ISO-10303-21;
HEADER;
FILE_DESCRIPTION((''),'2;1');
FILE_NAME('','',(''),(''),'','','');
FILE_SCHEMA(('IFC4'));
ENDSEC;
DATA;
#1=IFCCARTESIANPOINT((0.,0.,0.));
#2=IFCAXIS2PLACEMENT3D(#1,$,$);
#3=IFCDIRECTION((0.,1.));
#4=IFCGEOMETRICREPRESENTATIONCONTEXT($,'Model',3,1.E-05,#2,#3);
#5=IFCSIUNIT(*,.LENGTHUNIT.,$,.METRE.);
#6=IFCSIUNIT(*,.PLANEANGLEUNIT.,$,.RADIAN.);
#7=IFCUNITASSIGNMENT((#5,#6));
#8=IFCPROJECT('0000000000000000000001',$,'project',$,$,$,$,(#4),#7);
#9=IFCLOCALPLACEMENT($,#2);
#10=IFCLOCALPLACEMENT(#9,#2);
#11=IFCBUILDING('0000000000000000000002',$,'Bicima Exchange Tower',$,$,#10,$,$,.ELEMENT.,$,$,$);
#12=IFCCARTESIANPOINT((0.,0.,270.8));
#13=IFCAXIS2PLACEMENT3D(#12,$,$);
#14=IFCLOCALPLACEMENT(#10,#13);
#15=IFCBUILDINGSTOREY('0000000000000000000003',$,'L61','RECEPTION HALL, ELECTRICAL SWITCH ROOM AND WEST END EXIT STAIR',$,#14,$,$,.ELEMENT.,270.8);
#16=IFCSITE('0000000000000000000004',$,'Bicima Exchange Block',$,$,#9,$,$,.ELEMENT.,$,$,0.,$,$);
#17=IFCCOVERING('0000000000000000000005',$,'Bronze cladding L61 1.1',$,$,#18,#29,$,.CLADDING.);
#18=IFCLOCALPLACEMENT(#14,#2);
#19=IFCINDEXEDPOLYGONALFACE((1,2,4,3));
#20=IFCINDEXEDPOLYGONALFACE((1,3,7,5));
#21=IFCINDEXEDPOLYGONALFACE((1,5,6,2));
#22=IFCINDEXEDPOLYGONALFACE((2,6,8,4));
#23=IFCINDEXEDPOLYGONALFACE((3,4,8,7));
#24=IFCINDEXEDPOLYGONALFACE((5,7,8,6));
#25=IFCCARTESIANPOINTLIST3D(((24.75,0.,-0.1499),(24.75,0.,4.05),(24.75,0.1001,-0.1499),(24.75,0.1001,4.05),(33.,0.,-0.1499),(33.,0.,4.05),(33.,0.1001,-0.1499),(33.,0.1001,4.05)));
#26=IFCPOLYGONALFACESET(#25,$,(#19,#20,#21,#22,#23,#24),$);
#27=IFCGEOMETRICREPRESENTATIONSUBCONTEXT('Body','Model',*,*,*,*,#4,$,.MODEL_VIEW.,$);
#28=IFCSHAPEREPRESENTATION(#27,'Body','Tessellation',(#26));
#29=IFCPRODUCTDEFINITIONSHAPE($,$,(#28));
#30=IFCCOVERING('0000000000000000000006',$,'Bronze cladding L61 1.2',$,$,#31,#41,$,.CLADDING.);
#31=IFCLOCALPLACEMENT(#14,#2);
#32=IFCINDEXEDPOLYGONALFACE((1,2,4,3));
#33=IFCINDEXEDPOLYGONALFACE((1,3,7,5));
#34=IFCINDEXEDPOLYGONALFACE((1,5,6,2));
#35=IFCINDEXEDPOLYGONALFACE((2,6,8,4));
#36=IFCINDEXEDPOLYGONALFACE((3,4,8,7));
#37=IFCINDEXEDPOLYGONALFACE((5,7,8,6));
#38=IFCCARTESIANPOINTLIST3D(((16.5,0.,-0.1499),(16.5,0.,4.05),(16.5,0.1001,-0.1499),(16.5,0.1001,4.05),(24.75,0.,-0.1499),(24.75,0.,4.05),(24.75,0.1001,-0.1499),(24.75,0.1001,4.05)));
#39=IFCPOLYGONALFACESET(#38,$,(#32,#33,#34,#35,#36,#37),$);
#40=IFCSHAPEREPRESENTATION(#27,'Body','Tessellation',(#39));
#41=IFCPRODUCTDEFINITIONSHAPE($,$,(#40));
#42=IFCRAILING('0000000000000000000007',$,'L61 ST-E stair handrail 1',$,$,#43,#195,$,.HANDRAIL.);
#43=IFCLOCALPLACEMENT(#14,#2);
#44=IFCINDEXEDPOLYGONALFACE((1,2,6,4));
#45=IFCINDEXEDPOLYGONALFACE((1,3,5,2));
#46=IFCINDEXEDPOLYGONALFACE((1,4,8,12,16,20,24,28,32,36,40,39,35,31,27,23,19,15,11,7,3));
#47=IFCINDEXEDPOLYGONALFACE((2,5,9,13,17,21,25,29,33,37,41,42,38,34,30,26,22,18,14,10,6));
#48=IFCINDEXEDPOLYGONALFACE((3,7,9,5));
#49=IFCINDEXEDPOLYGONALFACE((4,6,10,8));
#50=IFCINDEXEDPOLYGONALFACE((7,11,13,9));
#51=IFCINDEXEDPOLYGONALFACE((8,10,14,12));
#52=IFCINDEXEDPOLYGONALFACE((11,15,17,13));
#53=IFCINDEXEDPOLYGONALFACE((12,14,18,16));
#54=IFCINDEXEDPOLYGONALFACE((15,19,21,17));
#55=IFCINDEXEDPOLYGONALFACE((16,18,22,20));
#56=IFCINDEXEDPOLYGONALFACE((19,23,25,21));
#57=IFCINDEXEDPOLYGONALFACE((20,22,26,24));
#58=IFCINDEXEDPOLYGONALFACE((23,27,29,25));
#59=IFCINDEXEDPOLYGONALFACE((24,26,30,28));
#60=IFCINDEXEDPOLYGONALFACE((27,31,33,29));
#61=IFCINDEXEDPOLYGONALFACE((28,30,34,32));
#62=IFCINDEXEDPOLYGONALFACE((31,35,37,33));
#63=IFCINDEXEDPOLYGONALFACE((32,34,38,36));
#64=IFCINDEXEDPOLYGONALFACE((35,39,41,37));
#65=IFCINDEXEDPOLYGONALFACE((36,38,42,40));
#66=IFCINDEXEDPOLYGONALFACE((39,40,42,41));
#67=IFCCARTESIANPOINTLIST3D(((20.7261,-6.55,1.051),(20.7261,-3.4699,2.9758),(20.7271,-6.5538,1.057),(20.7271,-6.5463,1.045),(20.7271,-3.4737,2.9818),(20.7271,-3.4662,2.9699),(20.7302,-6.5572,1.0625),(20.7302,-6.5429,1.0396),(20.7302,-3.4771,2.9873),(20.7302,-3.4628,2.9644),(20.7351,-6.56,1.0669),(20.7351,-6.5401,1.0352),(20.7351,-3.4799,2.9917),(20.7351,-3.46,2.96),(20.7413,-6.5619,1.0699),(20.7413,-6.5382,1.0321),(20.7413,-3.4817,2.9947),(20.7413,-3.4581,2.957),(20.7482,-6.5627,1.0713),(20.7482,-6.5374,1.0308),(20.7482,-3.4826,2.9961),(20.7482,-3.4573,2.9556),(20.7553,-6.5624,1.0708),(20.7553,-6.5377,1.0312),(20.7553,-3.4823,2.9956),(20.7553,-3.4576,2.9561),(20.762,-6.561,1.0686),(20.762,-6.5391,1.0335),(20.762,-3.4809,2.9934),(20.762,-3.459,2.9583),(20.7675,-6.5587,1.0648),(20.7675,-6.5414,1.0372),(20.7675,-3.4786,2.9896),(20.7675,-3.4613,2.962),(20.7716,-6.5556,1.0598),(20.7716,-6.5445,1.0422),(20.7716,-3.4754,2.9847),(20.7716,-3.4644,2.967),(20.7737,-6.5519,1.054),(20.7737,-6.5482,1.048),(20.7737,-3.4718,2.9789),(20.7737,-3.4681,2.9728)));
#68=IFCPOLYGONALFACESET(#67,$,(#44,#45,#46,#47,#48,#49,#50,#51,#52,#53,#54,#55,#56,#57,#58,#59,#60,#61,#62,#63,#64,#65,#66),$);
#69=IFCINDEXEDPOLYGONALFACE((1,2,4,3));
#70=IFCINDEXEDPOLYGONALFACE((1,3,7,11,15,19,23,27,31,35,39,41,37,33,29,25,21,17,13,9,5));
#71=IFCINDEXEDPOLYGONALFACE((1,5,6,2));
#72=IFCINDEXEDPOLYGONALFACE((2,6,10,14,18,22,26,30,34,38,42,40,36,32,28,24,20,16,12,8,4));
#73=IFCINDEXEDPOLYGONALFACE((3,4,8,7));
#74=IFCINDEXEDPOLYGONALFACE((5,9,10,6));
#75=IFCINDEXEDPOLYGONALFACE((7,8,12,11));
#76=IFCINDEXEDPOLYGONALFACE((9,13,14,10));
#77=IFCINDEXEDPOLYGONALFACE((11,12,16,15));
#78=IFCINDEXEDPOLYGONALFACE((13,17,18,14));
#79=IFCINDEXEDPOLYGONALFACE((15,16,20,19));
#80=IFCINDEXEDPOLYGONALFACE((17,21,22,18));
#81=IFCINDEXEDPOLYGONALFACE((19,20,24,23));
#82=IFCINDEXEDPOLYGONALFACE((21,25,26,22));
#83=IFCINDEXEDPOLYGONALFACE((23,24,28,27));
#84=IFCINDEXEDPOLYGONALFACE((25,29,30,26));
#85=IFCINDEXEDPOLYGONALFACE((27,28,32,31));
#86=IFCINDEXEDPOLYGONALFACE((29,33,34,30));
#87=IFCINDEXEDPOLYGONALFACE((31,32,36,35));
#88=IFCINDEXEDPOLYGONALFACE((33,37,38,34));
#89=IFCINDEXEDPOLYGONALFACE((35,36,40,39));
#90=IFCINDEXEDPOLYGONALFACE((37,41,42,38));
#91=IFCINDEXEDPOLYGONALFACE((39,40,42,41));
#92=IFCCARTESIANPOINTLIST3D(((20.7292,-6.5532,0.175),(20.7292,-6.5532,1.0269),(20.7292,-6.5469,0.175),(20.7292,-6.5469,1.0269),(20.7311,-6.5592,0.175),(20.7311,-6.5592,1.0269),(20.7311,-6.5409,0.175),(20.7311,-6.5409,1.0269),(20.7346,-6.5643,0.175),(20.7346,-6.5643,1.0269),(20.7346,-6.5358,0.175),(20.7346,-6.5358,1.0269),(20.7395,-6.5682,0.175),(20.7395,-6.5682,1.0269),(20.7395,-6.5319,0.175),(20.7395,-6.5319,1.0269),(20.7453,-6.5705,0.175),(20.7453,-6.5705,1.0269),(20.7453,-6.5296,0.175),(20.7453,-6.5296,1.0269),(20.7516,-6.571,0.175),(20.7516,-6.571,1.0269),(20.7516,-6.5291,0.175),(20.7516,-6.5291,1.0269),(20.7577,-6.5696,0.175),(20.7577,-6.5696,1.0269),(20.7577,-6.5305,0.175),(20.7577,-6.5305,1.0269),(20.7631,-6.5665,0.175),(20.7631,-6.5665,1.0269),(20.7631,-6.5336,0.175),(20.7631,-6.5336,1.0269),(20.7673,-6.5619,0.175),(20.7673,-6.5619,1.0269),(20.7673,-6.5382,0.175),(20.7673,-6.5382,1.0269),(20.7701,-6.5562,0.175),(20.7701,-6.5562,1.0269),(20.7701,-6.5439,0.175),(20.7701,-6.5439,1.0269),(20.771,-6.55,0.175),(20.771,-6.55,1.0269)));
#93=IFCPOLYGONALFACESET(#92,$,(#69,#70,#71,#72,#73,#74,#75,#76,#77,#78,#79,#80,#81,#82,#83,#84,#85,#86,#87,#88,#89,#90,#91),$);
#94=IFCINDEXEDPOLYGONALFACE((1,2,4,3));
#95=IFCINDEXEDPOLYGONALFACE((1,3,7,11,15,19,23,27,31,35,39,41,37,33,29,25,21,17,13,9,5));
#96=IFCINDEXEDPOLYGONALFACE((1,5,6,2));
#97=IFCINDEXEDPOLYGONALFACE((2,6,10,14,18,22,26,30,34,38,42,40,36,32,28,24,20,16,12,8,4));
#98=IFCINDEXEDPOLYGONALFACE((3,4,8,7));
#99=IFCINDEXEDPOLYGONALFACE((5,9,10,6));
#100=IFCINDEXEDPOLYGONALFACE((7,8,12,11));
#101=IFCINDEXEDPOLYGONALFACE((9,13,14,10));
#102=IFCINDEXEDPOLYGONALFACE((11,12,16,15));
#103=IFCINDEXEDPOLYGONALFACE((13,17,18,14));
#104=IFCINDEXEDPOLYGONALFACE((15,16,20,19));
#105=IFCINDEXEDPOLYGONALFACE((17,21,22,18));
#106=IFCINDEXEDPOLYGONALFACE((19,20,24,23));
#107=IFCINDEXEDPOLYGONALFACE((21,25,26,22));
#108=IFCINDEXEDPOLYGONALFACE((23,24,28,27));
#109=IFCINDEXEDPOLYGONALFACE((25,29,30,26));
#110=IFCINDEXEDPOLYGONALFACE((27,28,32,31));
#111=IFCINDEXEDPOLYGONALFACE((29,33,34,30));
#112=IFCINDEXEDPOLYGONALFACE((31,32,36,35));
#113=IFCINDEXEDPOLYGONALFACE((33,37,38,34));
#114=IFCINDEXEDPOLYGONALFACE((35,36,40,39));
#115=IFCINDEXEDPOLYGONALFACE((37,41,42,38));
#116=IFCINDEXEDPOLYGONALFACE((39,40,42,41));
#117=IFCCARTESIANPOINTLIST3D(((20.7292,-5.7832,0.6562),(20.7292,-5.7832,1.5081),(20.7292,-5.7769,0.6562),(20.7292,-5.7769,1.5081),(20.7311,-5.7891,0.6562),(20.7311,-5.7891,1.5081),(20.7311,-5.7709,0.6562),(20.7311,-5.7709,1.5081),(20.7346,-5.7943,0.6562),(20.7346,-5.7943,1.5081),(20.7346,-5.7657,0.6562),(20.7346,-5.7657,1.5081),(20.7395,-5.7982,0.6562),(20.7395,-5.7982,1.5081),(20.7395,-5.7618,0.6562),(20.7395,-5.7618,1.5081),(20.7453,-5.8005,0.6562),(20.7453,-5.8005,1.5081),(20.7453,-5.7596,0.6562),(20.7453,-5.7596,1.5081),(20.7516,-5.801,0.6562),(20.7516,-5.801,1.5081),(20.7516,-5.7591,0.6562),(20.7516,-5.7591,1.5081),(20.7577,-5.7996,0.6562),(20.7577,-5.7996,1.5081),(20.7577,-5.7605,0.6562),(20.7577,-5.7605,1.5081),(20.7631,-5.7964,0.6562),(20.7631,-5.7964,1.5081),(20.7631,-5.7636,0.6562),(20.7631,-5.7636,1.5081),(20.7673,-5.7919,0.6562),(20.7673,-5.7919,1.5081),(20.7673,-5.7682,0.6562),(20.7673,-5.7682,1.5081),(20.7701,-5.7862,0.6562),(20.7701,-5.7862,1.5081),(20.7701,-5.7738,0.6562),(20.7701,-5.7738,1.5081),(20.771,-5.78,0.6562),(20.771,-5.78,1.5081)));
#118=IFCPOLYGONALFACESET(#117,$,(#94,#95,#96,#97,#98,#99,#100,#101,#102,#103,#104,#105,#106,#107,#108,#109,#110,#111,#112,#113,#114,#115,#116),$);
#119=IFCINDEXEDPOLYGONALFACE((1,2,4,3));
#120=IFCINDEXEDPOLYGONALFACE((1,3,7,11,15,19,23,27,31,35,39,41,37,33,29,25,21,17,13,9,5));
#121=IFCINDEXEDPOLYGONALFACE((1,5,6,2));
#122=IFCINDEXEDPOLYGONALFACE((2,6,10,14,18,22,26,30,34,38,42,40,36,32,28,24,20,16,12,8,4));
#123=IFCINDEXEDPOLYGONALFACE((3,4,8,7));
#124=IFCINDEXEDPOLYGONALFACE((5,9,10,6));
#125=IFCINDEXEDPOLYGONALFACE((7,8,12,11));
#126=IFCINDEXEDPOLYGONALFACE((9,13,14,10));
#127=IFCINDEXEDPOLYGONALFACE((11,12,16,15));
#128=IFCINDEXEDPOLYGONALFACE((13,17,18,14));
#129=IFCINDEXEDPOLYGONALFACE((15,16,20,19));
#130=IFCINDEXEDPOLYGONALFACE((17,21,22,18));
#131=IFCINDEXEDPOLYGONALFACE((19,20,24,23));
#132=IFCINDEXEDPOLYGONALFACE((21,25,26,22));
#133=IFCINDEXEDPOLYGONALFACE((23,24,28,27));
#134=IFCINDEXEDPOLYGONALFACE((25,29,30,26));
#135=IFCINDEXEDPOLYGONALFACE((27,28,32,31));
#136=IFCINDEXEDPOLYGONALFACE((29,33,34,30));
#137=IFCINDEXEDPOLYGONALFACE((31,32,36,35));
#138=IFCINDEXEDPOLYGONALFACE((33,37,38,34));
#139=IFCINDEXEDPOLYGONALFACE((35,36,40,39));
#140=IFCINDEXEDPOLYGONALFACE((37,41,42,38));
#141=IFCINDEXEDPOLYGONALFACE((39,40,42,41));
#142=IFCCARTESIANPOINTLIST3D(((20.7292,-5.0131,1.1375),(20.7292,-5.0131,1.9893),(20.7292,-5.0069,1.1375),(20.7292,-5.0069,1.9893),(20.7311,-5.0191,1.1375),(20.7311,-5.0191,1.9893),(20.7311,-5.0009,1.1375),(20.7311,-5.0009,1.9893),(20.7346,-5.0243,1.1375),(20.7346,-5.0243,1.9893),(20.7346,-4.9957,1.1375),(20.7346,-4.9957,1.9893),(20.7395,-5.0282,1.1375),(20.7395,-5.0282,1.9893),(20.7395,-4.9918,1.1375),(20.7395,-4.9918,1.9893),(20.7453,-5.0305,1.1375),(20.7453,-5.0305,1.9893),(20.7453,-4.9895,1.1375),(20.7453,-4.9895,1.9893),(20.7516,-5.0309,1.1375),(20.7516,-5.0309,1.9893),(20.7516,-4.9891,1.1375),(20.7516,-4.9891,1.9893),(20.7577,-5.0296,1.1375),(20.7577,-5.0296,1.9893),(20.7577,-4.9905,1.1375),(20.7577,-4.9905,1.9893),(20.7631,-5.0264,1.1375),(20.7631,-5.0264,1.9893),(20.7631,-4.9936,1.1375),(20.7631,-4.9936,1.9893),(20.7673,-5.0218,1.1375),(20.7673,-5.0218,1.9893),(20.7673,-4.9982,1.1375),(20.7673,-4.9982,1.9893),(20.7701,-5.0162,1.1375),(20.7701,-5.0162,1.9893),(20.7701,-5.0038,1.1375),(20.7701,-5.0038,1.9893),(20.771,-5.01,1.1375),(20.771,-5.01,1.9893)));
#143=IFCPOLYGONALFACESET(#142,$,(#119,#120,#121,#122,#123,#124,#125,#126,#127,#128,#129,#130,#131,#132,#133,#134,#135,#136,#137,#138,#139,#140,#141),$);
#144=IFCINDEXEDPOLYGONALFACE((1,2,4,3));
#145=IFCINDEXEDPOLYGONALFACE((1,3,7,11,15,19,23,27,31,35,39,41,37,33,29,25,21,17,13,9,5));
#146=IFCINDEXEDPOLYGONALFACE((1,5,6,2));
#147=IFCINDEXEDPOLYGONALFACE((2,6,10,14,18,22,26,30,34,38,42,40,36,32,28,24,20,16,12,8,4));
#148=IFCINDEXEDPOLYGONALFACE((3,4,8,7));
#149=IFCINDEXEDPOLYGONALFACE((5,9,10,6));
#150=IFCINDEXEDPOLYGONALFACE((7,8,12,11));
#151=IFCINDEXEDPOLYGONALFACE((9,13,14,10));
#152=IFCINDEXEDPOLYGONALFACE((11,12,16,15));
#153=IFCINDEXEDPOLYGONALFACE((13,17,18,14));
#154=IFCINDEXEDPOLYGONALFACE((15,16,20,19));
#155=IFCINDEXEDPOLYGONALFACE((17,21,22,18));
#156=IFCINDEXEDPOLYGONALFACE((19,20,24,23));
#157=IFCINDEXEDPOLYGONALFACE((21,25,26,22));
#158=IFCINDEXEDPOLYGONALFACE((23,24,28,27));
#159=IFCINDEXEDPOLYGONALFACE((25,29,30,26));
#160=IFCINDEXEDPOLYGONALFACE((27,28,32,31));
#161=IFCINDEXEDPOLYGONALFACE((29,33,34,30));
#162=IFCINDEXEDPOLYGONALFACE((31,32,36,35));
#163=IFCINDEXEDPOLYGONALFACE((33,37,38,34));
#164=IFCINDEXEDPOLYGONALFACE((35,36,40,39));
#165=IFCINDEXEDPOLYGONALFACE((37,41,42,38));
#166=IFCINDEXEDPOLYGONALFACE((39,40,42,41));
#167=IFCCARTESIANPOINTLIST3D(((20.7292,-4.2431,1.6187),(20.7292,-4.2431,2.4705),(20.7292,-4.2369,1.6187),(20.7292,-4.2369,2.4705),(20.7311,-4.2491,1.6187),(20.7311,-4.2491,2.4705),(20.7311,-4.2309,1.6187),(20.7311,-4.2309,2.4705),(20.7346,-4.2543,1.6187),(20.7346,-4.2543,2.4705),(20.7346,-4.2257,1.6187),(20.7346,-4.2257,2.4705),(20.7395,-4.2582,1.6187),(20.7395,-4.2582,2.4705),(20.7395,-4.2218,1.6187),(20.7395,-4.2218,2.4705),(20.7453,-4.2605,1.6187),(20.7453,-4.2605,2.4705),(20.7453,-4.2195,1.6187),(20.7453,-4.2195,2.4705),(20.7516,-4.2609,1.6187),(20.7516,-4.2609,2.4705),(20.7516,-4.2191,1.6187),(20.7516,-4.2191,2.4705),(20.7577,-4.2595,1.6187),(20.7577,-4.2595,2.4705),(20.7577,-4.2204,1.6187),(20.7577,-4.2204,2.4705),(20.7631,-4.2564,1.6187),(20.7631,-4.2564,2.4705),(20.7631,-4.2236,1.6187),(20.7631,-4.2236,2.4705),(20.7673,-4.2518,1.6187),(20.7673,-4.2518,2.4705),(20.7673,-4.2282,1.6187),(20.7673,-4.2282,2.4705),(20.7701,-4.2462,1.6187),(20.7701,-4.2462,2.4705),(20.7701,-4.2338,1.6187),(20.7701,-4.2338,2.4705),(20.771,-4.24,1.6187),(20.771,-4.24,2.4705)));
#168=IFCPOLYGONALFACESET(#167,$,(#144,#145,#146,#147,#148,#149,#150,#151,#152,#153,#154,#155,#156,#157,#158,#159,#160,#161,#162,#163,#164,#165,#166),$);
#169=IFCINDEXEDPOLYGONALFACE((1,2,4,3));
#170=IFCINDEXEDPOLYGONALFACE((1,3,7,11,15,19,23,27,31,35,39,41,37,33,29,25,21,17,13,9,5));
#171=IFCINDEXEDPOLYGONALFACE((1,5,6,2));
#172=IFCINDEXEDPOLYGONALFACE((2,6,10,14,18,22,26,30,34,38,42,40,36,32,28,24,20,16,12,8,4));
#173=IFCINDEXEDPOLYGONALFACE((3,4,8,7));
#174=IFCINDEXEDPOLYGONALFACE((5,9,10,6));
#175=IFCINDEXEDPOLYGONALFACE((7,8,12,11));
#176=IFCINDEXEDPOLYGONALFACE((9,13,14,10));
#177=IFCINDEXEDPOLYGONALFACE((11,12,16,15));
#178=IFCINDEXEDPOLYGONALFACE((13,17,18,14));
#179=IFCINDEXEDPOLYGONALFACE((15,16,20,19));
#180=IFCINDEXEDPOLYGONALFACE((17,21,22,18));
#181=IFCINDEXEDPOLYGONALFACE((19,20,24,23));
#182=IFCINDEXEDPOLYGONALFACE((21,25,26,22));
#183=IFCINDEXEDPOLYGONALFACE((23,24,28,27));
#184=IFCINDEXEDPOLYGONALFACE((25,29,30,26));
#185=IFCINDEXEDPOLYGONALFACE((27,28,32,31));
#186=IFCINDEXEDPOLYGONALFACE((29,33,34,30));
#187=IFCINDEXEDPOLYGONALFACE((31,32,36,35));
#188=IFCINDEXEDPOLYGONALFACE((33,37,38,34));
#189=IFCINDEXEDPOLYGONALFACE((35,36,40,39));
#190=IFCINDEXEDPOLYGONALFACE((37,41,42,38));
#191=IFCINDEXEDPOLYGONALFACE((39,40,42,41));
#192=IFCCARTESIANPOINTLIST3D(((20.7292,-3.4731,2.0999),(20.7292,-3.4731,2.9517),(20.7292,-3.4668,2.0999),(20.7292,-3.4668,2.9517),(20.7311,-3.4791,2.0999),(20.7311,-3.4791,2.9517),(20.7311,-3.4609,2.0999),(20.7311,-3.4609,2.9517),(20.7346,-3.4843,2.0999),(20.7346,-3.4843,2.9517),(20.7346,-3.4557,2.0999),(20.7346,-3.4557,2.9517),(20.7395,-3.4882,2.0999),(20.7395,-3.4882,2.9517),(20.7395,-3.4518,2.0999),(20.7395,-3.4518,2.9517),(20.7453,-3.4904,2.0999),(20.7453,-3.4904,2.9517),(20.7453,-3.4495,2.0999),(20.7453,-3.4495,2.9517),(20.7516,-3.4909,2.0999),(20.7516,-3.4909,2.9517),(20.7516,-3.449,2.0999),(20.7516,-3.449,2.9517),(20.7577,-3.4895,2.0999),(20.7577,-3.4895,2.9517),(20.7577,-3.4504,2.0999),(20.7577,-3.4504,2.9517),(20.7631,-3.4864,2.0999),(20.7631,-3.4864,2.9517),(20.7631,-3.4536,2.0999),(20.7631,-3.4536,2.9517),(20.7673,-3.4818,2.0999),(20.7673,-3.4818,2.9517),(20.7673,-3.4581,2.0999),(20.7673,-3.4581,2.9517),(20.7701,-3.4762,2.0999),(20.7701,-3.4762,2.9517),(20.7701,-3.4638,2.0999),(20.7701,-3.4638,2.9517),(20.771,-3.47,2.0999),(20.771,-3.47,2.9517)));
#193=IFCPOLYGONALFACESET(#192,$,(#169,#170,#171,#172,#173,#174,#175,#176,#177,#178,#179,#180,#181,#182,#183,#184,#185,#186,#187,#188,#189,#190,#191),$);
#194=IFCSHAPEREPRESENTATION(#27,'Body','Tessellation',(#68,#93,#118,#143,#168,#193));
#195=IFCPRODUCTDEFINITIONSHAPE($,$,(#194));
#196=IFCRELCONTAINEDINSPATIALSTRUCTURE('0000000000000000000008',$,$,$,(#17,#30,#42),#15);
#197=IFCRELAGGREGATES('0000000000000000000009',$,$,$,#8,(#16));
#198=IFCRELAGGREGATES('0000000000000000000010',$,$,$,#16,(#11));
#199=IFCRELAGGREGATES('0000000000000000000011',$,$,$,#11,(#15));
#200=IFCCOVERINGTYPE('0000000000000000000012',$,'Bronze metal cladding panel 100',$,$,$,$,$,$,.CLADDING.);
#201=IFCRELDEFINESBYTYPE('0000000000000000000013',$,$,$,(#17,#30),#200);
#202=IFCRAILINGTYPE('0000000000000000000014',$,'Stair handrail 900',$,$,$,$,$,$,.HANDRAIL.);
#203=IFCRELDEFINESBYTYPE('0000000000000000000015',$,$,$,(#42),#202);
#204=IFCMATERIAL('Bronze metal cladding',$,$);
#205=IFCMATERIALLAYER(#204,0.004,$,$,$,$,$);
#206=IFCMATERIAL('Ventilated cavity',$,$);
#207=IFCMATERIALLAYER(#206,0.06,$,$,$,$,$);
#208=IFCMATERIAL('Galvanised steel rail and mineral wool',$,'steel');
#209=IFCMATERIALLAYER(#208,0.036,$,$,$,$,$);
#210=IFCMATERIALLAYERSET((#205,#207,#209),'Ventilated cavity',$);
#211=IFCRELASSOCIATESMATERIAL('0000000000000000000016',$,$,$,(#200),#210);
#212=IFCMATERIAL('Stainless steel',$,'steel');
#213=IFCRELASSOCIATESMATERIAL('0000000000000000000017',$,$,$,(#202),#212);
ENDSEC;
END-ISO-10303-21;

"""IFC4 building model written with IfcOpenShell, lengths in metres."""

from ifc_helpers import new_model, si_unit, direction, frame, origin, origin_2d, place, context, subcontext, project, spatial, rectangle, circle, extrude, material, layer, layer_set, type_object, element, save


model = new_model("IFC4")

# Units and contexts
model_context = context("Model", 3, precision=1e-05, world=origin(), true_north=direction((0.0, 1.0)))
body_context = subcontext(model_context, "Body", "Model", "MODEL_VIEW")
ifc_project = project(units=[si_unit("LENGTHUNIT", "METRE"), si_unit("PLANEANGLEUNIT", "RADIAN")], contexts=[model_context])

# Site, building, storey
site_placement = place(None, origin())
site = spatial("IfcSite", under=ifc_project, at=site_placement, Name="Bicima Exchange Block", CompositionType="ELEMENT", RefElevation=0.0)
building_placement = place(site_placement, origin())
building = spatial("IfcBuilding", under=site, at=building_placement, Name="Bicima Exchange Tower", CompositionType="ELEMENT")
storey_placement = place(building_placement, frame((0.0, 0.0, 270.8)))
storey = spatial("IfcBuildingStorey", under=building, at=storey_placement, Name="L61", Description="RECEPTION HALL, ELECTRICAL SWITCH ROOM AND WEST END EXIT STAIR", CompositionType="ELEMENT", Elevation=270.8)

# Coverings
ifc_material_1 = material(Name="Bronze metal cladding")
ifc_layer_1 = layer(ifc_material_1, 0.004)
ifc_material_2 = material(Name="Ventilated cavity")
ifc_layer_2 = layer(ifc_material_2, 0.06)
ifc_material_3 = material(Name="Galvanised steel rail and mineral wool", Category="steel")
ifc_layer_3 = layer(ifc_material_3, 0.036)
ifc_layer_set_1 = layer_set([ifc_layer_1, ifc_layer_2, ifc_layer_3], Name="Ventilated cavity")
covering_type = type_object("IfcCoveringType", Name="Bronze metal cladding panel 100", PredefinedType="CLADDING", material=ifc_layer_set_1)
for number, where, z_axis, x_axis, name in (
    (1, (28.875, 0.05, -0.1499), (0.0, 0.0, 1.0), (-1.0, 0.0, 0.0), "Bronze cladding L61 1.1"),
    (2, (20.625, 0.05, -0.1499), (0.0, 0.0, 1.0), (-1.0, 0.0, 0.0), "Bronze cladding L61 1.2"),
):
    element("IfcCovering", number, at=place(storey_placement, frame(where, z_axis=z_axis, x_axis=x_axis)), inside=storey, type_object=covering_type, Name=name, PredefinedType="CLADDING", context=body_context, shape_type="SweptSolid", body=[
        extrude(rectangle(XDim=8.25, YDim=0.1001, at=origin_2d()), origin(), (0.0, 0.0, 1.0), 4.2),
    ])

# Railing
ifc_material_4 = material(Name="Stainless steel", Category="steel")
railing_type_1 = type_object("IfcRailingType", Name="Stair handrail 900", PredefinedType="HANDRAIL", material=ifc_material_4)
railing_1_placement = place(storey_placement, frame((20.75, -6.55, 0.175)))
element("IfcRailing", 3, at=railing_1_placement, inside=storey, type_object=railing_type_1, Name="L61 ST-E stair handrail 1", PredefinedType="HANDRAIL", context=body_context, shape_type="SweptSolid", body=[
    extrude(circle(Radius=0.0239, at=origin_2d()), frame((0.0, 0.0, 0.876), z_axis=(0.0, 0.848029, 0.529951), x_axis=(-1.0, 0.0, 0.0)), (0.0, 0.0, 1.0), 3.6321),
    extrude(circle(Radius=0.021, at=origin_2d()), origin(), (0.0, 0.0, 1.0), 0.8518),
    extrude(circle(Radius=0.021, at=origin_2d()), frame((0.0, 0.77, 0.4812)), (0.0, 0.0, 1.0), 0.8518),
    extrude(circle(Radius=0.021, at=origin_2d()), frame((0.0, 1.54, 0.9624)), (0.0, 0.0, 1.0), 0.8518),
    extrude(circle(Radius=0.021, at=origin_2d()), frame((0.0, 2.3101, 1.4436)), (0.0, 0.0, 1.0), 0.8518),
    extrude(circle(Radius=0.021, at=origin_2d()), frame((0.0, 3.0801, 1.9248)), (0.0, 0.0, 1.0), 0.8518),
])

save(model, "model.ifc")
